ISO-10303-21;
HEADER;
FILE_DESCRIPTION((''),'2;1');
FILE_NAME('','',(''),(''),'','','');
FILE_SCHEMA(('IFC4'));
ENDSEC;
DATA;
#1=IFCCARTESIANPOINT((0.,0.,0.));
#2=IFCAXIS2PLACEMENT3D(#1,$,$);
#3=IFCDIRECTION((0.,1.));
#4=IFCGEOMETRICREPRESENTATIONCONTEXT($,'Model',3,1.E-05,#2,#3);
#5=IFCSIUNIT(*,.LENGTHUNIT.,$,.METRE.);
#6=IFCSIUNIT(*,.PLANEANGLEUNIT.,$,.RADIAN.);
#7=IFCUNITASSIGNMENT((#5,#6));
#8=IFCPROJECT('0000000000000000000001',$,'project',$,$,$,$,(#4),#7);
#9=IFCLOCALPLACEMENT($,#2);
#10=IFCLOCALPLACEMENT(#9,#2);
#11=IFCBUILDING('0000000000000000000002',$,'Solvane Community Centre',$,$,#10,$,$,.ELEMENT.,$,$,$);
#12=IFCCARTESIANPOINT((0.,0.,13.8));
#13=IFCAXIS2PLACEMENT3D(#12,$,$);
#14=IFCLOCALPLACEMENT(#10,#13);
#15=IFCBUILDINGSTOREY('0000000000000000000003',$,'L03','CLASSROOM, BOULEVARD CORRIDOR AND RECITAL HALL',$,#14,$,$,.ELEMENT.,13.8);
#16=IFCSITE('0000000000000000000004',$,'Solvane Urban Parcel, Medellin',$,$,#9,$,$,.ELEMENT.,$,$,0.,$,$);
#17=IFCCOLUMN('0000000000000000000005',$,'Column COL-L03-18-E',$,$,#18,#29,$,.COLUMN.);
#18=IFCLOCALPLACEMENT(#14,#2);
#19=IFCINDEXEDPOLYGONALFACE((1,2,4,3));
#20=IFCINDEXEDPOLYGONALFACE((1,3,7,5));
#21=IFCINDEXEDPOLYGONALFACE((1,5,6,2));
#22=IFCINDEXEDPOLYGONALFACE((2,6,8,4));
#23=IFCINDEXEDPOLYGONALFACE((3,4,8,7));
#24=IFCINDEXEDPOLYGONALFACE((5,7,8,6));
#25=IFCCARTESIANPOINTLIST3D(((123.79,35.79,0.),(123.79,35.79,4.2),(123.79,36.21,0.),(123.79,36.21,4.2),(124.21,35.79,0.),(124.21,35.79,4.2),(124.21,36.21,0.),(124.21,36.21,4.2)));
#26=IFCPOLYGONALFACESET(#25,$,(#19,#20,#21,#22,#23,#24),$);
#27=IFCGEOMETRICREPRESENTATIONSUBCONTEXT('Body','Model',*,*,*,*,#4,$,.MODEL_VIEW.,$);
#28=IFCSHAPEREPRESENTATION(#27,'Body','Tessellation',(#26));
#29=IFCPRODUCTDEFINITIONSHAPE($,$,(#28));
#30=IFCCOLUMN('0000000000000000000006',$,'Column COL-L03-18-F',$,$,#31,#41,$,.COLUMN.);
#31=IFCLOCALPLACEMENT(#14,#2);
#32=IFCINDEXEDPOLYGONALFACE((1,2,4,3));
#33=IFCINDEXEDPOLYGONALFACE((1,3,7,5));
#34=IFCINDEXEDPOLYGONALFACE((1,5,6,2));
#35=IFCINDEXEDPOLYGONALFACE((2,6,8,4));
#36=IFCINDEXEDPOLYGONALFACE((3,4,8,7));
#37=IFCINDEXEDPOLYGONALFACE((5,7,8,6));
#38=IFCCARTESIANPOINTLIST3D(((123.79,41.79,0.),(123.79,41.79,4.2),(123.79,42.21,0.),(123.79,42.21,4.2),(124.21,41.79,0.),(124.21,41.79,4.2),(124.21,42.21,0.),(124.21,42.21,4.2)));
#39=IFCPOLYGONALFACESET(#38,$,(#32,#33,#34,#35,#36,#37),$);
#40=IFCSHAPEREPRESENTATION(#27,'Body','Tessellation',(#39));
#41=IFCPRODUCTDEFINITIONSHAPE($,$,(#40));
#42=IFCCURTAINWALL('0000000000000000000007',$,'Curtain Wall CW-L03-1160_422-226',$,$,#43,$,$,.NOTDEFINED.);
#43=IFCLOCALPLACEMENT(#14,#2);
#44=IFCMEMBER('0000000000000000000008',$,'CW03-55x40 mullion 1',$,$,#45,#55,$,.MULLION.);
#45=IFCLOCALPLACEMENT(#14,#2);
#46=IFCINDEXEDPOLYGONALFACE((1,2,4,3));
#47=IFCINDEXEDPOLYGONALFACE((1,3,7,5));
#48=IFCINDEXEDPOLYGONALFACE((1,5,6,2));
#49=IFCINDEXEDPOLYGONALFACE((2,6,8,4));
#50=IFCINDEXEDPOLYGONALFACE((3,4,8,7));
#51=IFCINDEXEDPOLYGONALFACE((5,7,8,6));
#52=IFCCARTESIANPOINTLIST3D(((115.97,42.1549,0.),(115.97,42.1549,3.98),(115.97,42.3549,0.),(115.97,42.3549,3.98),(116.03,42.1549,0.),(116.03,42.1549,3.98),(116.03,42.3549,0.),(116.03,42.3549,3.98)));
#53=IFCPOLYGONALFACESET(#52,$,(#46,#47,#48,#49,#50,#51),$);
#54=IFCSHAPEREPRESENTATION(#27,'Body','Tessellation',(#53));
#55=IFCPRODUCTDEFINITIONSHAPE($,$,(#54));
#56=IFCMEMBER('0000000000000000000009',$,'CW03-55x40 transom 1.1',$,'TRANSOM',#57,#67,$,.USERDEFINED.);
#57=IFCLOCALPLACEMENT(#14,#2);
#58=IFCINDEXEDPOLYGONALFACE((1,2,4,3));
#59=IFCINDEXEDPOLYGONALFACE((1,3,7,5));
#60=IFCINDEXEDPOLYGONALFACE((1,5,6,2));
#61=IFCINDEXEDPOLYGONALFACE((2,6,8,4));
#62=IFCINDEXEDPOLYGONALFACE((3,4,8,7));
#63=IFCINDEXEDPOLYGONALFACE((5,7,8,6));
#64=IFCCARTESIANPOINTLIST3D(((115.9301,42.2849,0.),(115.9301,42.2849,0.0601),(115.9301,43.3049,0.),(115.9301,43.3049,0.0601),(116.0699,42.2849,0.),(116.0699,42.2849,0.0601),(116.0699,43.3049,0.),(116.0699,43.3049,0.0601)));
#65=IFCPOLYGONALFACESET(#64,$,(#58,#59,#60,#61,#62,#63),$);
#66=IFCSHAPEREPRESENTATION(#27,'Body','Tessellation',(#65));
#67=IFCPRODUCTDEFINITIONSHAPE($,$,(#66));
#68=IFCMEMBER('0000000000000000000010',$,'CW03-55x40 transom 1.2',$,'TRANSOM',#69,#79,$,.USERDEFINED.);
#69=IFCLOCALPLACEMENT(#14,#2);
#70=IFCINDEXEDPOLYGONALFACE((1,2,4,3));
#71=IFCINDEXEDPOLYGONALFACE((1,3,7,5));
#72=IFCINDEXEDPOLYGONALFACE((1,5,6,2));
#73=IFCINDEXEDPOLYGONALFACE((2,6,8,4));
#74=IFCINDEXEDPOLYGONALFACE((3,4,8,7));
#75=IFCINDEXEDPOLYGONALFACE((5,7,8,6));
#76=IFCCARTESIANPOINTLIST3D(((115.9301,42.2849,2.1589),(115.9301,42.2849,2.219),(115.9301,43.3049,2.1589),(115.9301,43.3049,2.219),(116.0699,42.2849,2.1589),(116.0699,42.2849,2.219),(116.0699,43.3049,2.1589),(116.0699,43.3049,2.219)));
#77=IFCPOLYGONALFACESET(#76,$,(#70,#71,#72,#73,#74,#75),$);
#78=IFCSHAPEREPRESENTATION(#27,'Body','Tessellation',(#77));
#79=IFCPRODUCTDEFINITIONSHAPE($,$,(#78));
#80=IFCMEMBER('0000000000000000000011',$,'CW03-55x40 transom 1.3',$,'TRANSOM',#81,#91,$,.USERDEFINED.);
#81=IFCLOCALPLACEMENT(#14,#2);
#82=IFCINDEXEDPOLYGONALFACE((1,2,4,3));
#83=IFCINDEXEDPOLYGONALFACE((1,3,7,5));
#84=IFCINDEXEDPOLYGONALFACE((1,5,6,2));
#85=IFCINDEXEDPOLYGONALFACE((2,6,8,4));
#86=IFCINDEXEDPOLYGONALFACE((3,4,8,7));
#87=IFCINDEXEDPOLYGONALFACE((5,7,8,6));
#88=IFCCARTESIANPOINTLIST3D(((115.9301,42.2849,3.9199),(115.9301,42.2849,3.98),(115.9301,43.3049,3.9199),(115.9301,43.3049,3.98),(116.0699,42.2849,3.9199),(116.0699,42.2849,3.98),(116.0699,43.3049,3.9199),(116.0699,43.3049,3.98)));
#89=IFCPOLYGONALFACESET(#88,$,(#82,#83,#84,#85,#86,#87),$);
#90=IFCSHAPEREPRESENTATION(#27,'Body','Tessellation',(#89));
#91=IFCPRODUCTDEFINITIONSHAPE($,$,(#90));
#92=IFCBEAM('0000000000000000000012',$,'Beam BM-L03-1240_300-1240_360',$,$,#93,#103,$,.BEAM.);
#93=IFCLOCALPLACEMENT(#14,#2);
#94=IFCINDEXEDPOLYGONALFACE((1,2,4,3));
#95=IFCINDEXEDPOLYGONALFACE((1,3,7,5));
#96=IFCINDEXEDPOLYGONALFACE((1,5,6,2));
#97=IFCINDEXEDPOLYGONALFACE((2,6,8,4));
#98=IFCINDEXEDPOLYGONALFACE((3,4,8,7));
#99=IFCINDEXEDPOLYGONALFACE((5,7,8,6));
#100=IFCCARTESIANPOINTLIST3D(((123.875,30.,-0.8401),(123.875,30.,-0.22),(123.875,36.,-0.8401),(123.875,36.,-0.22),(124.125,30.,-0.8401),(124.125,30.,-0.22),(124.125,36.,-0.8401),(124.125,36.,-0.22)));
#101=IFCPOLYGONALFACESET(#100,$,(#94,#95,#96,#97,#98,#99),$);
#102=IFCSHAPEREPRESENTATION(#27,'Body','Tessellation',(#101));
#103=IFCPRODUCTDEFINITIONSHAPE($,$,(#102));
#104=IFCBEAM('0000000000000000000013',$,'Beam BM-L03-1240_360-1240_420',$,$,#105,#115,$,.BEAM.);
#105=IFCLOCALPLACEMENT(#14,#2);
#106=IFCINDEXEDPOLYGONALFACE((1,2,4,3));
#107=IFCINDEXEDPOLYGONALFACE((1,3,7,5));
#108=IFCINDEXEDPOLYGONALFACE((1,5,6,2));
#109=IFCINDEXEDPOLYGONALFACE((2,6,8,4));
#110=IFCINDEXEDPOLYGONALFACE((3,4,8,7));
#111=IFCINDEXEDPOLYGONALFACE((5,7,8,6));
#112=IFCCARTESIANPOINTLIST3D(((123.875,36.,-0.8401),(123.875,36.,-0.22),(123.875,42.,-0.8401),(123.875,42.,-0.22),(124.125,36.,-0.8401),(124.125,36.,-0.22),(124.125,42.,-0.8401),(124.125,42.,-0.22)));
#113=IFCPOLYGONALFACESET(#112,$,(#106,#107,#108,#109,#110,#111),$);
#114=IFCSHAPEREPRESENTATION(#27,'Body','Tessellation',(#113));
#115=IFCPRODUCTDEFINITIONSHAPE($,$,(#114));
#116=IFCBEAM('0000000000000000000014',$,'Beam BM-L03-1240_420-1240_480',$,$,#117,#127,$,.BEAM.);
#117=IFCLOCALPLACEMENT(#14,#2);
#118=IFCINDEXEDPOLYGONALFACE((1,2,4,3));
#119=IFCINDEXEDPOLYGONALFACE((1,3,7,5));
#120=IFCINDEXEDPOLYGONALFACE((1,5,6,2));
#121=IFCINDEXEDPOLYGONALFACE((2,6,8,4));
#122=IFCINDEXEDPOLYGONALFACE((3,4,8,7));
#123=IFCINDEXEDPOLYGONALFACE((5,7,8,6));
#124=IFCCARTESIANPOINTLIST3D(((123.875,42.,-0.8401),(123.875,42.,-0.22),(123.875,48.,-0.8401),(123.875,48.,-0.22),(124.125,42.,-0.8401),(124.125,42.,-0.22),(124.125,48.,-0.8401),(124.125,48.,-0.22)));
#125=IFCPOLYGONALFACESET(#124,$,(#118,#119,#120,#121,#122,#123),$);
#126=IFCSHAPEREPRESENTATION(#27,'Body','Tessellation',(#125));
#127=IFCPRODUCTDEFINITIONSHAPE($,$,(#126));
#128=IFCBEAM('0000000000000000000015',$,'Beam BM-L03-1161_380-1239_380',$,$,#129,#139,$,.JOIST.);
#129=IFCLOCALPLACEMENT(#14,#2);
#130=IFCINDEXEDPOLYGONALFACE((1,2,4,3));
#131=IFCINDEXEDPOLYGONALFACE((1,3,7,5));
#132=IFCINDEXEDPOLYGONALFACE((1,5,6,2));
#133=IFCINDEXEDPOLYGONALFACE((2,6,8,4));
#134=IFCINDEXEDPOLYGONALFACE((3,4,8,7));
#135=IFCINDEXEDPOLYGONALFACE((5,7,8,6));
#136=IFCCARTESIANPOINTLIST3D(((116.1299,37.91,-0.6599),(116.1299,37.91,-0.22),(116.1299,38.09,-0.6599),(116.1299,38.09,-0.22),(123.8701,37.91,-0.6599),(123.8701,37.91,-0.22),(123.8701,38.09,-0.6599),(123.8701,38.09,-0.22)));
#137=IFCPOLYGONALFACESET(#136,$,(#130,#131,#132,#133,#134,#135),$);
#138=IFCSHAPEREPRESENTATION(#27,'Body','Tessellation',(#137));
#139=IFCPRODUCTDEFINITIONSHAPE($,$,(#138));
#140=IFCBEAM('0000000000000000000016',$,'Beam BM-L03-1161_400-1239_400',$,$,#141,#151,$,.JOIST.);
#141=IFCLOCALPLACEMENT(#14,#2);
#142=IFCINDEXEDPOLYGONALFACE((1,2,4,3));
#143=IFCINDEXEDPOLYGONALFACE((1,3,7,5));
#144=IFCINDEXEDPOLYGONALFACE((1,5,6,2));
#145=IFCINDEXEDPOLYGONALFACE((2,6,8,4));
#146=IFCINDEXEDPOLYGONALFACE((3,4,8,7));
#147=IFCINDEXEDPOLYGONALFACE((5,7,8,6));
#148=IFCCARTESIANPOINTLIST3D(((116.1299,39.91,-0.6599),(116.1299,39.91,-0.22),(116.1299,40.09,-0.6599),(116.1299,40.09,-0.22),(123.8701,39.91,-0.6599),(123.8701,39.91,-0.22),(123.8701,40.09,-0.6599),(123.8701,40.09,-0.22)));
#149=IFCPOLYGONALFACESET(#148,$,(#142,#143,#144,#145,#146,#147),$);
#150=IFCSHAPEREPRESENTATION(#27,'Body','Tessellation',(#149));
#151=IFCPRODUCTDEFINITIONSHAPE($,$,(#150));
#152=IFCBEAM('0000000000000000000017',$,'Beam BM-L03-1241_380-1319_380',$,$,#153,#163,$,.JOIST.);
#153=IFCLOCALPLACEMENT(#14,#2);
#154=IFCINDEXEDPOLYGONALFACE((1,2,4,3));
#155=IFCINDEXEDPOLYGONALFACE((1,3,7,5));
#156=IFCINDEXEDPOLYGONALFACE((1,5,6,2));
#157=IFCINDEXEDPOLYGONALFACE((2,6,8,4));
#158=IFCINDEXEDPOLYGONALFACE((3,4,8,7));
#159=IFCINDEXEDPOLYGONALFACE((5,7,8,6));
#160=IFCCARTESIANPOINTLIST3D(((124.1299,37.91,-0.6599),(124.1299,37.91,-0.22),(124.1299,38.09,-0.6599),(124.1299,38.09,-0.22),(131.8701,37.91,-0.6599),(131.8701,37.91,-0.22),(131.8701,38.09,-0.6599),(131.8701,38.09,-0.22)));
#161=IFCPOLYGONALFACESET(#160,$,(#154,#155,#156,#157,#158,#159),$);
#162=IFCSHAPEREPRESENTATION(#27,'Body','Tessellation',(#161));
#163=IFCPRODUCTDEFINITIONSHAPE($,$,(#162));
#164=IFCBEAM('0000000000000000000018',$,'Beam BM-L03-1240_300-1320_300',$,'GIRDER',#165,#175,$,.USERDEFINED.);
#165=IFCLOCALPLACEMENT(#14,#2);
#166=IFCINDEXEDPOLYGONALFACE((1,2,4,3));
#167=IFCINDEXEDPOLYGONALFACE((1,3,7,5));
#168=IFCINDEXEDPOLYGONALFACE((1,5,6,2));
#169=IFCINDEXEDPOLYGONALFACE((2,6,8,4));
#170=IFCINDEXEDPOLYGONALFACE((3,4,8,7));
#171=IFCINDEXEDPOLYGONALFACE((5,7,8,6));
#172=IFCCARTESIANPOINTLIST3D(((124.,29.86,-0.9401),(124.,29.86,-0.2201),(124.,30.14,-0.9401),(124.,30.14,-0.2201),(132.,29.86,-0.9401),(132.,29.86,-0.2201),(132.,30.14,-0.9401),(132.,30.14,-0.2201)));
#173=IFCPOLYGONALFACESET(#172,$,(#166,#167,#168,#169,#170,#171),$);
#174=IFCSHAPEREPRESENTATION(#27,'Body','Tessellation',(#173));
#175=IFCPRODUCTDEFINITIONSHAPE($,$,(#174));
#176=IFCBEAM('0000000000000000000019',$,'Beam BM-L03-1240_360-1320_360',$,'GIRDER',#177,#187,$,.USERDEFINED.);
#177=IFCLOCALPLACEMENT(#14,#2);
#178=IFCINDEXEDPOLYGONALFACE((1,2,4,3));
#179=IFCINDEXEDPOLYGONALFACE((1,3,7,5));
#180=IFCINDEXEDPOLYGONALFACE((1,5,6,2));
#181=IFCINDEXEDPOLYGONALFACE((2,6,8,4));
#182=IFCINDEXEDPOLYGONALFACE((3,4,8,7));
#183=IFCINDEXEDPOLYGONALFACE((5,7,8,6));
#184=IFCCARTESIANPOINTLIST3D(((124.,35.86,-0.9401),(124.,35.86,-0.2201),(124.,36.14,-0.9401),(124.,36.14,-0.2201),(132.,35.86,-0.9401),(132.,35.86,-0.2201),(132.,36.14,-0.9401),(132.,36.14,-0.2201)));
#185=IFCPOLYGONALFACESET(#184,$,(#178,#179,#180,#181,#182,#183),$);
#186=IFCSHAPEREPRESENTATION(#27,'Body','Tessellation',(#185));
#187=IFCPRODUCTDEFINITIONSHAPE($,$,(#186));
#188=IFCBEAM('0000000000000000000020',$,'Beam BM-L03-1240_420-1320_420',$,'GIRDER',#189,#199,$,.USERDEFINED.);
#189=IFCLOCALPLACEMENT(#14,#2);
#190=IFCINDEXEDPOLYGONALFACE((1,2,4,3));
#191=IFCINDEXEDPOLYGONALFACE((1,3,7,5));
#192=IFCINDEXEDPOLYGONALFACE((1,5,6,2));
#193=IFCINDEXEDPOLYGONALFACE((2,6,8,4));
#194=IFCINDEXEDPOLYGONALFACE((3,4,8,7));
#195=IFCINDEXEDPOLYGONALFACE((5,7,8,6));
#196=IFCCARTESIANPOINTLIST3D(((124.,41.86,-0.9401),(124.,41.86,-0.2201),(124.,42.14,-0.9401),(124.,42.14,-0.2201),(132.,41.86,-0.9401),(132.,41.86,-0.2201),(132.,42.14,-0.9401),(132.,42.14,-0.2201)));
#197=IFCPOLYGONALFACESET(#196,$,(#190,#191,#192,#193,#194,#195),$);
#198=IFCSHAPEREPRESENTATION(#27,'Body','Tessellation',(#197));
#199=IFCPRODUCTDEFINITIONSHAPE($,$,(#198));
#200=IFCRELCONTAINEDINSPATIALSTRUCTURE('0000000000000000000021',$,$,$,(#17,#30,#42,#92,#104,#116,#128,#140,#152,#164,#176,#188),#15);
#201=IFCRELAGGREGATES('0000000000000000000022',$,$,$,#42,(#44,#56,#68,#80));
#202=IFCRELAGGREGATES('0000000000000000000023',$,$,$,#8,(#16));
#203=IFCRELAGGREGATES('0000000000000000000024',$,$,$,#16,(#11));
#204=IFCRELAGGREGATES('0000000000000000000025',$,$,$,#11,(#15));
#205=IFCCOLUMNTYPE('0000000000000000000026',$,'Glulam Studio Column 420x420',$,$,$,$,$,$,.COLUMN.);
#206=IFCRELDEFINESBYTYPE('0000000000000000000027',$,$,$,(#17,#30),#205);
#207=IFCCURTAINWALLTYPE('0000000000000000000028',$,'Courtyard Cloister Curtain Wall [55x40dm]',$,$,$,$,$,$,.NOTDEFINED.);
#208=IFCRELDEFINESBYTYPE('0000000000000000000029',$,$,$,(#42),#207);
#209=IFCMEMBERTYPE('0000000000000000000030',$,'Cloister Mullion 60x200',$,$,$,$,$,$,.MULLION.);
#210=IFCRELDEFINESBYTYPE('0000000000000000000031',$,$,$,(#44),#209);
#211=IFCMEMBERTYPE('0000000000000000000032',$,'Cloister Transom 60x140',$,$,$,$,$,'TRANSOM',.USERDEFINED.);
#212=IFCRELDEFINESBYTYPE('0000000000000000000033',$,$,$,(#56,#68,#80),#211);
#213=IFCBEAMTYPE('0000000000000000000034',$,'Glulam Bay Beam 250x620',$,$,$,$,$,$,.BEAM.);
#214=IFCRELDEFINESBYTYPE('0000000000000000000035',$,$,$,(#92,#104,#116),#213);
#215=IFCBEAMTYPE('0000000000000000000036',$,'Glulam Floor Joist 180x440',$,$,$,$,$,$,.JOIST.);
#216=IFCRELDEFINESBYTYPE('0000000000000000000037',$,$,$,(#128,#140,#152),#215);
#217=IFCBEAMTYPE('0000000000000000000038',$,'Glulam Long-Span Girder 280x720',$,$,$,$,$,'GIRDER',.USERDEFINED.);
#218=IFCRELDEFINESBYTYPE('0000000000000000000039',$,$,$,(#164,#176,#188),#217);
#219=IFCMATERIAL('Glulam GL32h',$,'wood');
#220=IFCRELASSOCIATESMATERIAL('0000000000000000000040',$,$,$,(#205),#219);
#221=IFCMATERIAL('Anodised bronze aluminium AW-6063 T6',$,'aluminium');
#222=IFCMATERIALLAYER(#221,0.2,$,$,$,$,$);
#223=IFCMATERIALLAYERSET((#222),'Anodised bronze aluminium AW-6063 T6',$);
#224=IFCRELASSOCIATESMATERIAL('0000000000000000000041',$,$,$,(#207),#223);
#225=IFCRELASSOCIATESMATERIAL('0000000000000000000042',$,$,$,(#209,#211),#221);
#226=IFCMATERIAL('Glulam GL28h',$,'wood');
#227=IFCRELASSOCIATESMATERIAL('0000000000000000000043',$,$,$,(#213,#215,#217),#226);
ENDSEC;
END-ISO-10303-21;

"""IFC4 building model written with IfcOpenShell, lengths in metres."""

from ifc_helpers import new_model, si_unit, direction, frame, origin, origin_2d, place, context, subcontext, project, spatial, rectangle, extrude, material, layer, layer_set, material_profile, profile_set, type_object, element, aggregate, save


model = new_model("IFC4")

# Units and contexts
model_context = context("Model", 3, precision=1e-05, world=origin(), true_north=direction((0.0, 1.0)))
body_context = subcontext(model_context, "Body", "Model", "MODEL_VIEW")
ifc_project = project(units=[si_unit("LENGTHUNIT", "METRE"), si_unit("PLANEANGLEUNIT", "RADIAN")], contexts=[model_context])

# Site, building, storey
site_placement = place(None, origin())
site = spatial("IfcSite", under=ifc_project, at=site_placement, Name="Solvane Urban Parcel, Medellin", CompositionType="ELEMENT", RefElevation=0.0)
building_placement = place(site_placement, origin())
building = spatial("IfcBuilding", under=site, at=building_placement, Name="Solvane Community Centre", CompositionType="ELEMENT")
storey_placement = place(building_placement, frame((0.0, 0.0, 13.8)))
storey = spatial("IfcBuildingStorey", under=building, at=storey_placement, Name="L03", Description="CLASSROOM, BOULEVARD CORRIDOR AND RECITAL HALL", CompositionType="ELEMENT", Elevation=13.8)

# Columns
ifc_material_1 = material(Name="Glulam GL32h", Category="wood")
ifc_material_profile_1 = material_profile(ifc_material_1, rectangle(XDim=0.4199, YDim=0.4199, at=origin_2d()), Name="GL32h 420x420")
ifc_profile_set_1 = profile_set([ifc_material_profile_1], Name="Glulam GL32h")
column_type = type_object("IfcColumnType", Name="Glulam Studio Column 420x420", PredefinedType="COLUMN", material=ifc_profile_set_1)
for number, where, z_axis, x_axis, name in (
    (1, (124.0, 36.0, 0.0), (0.0, 0.0, 1.0), (1.0, 0.0, 0.0), "Column COL-L03-18-E"),
    (2, (124.0, 42.0, 0.0), (0.0, 0.0, 1.0), (1.0, 0.0, 0.0), "Column COL-L03-18-F"),
):
    element("IfcColumn", number, at=place(storey_placement, frame(where, z_axis=z_axis, x_axis=x_axis)), inside=storey, type_object=column_type, Name=name, PredefinedType="COLUMN", context=body_context, shape_type="SweptSolid", body=[
        extrude(rectangle(XDim=0.4199, YDim=0.4199, at=origin_2d()), origin(), (0.0, 0.0, 1.0), 4.2),
    ])

# Curtain wall, members
ifc_material_2 = material(Name="Anodised bronze aluminium AW-6063 T6", Category="aluminium")
ifc_layer_1 = layer(ifc_material_2, 0.2)
ifc_layer_set_1 = layer_set([ifc_layer_1], Name="Anodised bronze aluminium AW-6063 T6")
curtain_wall_type = type_object("IfcCurtainWallType", Name="Courtyard Cloister Curtain Wall [55x40dm]", PredefinedType="NOTDEFINED", material=ifc_layer_set_1)
curtain_wall_placement = place(storey_placement, origin())
curtain_wall = element("IfcCurtainWall", 3, at=curtain_wall_placement, inside=storey, type_object=curtain_wall_type, Name="Curtain Wall CW-L03-1160_422-226", PredefinedType="NOTDEFINED")
ifc_material_profile_2 = material_profile(ifc_material_2, rectangle(XDim=0.0601, YDim=0.2, at=origin_2d()), Name="CW-M 60x200")
ifc_profile_set_2 = profile_set([ifc_material_profile_2], Name="Anodised bronze aluminium AW-6063 T6")
member_type_1 = type_object("IfcMemberType", Name="Cloister Mullion 60x200", PredefinedType="MULLION", material=ifc_profile_set_2)
member_1_placement = place(storey_placement, frame((116.0, 42.2549, 0.0), z_axis=(0.0, 0.0, 1.0), x_axis=(-1.0, 0.0, 0.0)))
member_1 = element("IfcMember", 4, at=member_1_placement, type_object=member_type_1, Name="CW03-55x40 mullion 1", PredefinedType="MULLION", context=body_context, shape_type="SweptSolid", body=[
    extrude(rectangle(XDim=0.0601, YDim=0.2, at=origin_2d()), origin(), (0.0, 0.0, 1.0), 3.98),
])
ifc_material_profile_3 = material_profile(ifc_material_2, rectangle(XDim=0.1399, YDim=0.0601, at=origin_2d()), Name="CW-T 60x140")
ifc_profile_set_3 = profile_set([ifc_material_profile_3], Name="Anodised bronze aluminium AW-6063 T6")
member_type_2 = type_object("IfcMemberType", Name="Cloister Transom 60x140", ElementType="TRANSOM", PredefinedType="USERDEFINED", material=ifc_profile_set_3)
member_2_placement = place(storey_placement, frame((116.0, 42.2849, 0.03), z_axis=(0.0, 1.0, 0.0), x_axis=(-1.0, 0.0, 0.0)))
member_2 = element("IfcMember", 5, at=member_2_placement, type_object=member_type_2, Name="CW03-55x40 transom 1.1", ObjectType="TRANSOM", PredefinedType="USERDEFINED", context=body_context, shape_type="SweptSolid", body=[
    extrude(rectangle(XDim=0.1399, YDim=0.0601, at=origin_2d()), origin(), (0.0, 0.0, 1.0), 1.02),
])
member_3_placement = place(storey_placement, frame((116.0, 42.2849, 2.189), z_axis=(0.0, 1.0, 0.0), x_axis=(-1.0, 0.0, 0.0)))
member_3 = element("IfcMember", 6, at=member_3_placement, type_object=member_type_2, Name="CW03-55x40 transom 1.2", ObjectType="TRANSOM", PredefinedType="USERDEFINED", context=body_context, shape_type="SweptSolid", body=[
    extrude(rectangle(XDim=0.1399, YDim=0.0601, at=origin_2d()), origin(), (0.0, 0.0, 1.0), 1.02),
])
member_4_placement = place(storey_placement, frame((116.0, 42.2849, 3.95), z_axis=(0.0, 1.0, 0.0), x_axis=(-1.0, 0.0, 0.0)))
member_4 = element("IfcMember", 7, at=member_4_placement, type_object=member_type_2, Name="CW03-55x40 transom 1.3", ObjectType="TRANSOM", PredefinedType="USERDEFINED", context=body_context, shape_type="SweptSolid", body=[
    extrude(rectangle(XDim=0.1399, YDim=0.0601, at=origin_2d()), origin(), (0.0, 0.0, 1.0), 1.02),
])
aggregate(curtain_wall, [member_1, member_2, member_3, member_4])

# Beams
ifc_material_3 = material(Name="Glulam GL28h", Category="wood")
ifc_material_profile_4 = material_profile(ifc_material_3, rectangle(XDim=0.25, YDim=0.6201, at=origin_2d()), Name="GL28h 250x620")
ifc_profile_set_4 = profile_set([ifc_material_profile_4], Name="Glulam GL28h")
beam_type_1 = type_object("IfcBeamType", Name="Glulam Bay Beam 250x620", PredefinedType="BEAM", material=ifc_profile_set_4)
for number, where, z_axis, x_axis, name in (
    (8, (124.0, 30.0, -0.53), (0.0, 1.0, 0.0), (-1.0, 0.0, 0.0), "Beam BM-L03-1240_300-1240_360"),
    (9, (124.0, 36.0, -0.53), (0.0, 1.0, 0.0), (-1.0, 0.0, 0.0), "Beam BM-L03-1240_360-1240_420"),
    (10, (124.0, 42.0, -0.53), (0.0, 1.0, 0.0), (-1.0, 0.0, 0.0), "Beam BM-L03-1240_420-1240_480"),
):
    element("IfcBeam", number, at=place(storey_placement, frame(where, z_axis=z_axis, x_axis=x_axis)), inside=storey, type_object=beam_type_1, Name=name, PredefinedType="BEAM", context=body_context, shape_type="SweptSolid", body=[
        extrude(rectangle(XDim=0.25, YDim=0.6201, at=origin_2d()), origin(), (0.0, 0.0, 1.0), 6.0),
    ])
ifc_material_profile_5 = material_profile(ifc_material_3, rectangle(XDim=0.1799, YDim=0.4399, at=origin_2d()), Name="GL28h 180x440")
ifc_profile_set_5 = profile_set([ifc_material_profile_5], Name="Glulam GL28h")
beam_type_2 = type_object("IfcBeamType", Name="Glulam Floor Joist 180x440", PredefinedType="JOIST", material=ifc_profile_set_5)
for number, where, z_axis, x_axis, name in (
    (11, (116.1299, 38.0, -0.4399), (1.0, 0.0, 0.0), (0.0, 1.0, 0.0), "Beam BM-L03-1161_380-1239_380"),
    (12, (116.1299, 40.0, -0.4399), (1.0, 0.0, 0.0), (0.0, 1.0, 0.0), "Beam BM-L03-1161_400-1239_400"),
    (13, (124.1299, 38.0, -0.4399), (1.0, 0.0, 0.0), (0.0, 1.0, 0.0), "Beam BM-L03-1241_380-1319_380"),
):
    element("IfcBeam", number, at=place(storey_placement, frame(where, z_axis=z_axis, x_axis=x_axis)), inside=storey, type_object=beam_type_2, Name=name, PredefinedType="JOIST", context=body_context, shape_type="SweptSolid", body=[
        extrude(rectangle(XDim=0.1799, YDim=0.4399, at=origin_2d()), origin(), (0.0, 0.0, 1.0), 7.7402),
    ])
ifc_material_profile_6 = material_profile(ifc_material_3, rectangle(XDim=0.28, YDim=0.72, at=origin_2d()), Name="GL28h 280x720")
ifc_profile_set_6 = profile_set([ifc_material_profile_6], Name="Glulam GL28h")
beam_type_3 = type_object("IfcBeamType", Name="Glulam Long-Span Girder 280x720", ElementType="GIRDER", PredefinedType="USERDEFINED", material=ifc_profile_set_6)
for number, where, z_axis, x_axis, name in (
    (14, (124.0, 30.0, -0.5801), (1.0, 0.0, 0.0), (0.0, 1.0, 0.0), "Beam BM-L03-1240_300-1320_300"),
    (15, (124.0, 36.0, -0.5801), (1.0, 0.0, 0.0), (0.0, 1.0, 0.0), "Beam BM-L03-1240_360-1320_360"),
    (16, (124.0, 42.0, -0.5801), (1.0, 0.0, 0.0), (0.0, 1.0, 0.0), "Beam BM-L03-1240_420-1320_420"),
):
    element("IfcBeam", number, at=place(storey_placement, frame(where, z_axis=z_axis, x_axis=x_axis)), inside=storey, type_object=beam_type_3, Name=name, ObjectType="GIRDER", PredefinedType="USERDEFINED", context=body_context, shape_type="SweptSolid", body=[
        extrude(rectangle(XDim=0.28, YDim=0.72, at=origin_2d()), origin(), (0.0, 0.0, 1.0), 8.0),
    ])

save(model, "model.ifc")
